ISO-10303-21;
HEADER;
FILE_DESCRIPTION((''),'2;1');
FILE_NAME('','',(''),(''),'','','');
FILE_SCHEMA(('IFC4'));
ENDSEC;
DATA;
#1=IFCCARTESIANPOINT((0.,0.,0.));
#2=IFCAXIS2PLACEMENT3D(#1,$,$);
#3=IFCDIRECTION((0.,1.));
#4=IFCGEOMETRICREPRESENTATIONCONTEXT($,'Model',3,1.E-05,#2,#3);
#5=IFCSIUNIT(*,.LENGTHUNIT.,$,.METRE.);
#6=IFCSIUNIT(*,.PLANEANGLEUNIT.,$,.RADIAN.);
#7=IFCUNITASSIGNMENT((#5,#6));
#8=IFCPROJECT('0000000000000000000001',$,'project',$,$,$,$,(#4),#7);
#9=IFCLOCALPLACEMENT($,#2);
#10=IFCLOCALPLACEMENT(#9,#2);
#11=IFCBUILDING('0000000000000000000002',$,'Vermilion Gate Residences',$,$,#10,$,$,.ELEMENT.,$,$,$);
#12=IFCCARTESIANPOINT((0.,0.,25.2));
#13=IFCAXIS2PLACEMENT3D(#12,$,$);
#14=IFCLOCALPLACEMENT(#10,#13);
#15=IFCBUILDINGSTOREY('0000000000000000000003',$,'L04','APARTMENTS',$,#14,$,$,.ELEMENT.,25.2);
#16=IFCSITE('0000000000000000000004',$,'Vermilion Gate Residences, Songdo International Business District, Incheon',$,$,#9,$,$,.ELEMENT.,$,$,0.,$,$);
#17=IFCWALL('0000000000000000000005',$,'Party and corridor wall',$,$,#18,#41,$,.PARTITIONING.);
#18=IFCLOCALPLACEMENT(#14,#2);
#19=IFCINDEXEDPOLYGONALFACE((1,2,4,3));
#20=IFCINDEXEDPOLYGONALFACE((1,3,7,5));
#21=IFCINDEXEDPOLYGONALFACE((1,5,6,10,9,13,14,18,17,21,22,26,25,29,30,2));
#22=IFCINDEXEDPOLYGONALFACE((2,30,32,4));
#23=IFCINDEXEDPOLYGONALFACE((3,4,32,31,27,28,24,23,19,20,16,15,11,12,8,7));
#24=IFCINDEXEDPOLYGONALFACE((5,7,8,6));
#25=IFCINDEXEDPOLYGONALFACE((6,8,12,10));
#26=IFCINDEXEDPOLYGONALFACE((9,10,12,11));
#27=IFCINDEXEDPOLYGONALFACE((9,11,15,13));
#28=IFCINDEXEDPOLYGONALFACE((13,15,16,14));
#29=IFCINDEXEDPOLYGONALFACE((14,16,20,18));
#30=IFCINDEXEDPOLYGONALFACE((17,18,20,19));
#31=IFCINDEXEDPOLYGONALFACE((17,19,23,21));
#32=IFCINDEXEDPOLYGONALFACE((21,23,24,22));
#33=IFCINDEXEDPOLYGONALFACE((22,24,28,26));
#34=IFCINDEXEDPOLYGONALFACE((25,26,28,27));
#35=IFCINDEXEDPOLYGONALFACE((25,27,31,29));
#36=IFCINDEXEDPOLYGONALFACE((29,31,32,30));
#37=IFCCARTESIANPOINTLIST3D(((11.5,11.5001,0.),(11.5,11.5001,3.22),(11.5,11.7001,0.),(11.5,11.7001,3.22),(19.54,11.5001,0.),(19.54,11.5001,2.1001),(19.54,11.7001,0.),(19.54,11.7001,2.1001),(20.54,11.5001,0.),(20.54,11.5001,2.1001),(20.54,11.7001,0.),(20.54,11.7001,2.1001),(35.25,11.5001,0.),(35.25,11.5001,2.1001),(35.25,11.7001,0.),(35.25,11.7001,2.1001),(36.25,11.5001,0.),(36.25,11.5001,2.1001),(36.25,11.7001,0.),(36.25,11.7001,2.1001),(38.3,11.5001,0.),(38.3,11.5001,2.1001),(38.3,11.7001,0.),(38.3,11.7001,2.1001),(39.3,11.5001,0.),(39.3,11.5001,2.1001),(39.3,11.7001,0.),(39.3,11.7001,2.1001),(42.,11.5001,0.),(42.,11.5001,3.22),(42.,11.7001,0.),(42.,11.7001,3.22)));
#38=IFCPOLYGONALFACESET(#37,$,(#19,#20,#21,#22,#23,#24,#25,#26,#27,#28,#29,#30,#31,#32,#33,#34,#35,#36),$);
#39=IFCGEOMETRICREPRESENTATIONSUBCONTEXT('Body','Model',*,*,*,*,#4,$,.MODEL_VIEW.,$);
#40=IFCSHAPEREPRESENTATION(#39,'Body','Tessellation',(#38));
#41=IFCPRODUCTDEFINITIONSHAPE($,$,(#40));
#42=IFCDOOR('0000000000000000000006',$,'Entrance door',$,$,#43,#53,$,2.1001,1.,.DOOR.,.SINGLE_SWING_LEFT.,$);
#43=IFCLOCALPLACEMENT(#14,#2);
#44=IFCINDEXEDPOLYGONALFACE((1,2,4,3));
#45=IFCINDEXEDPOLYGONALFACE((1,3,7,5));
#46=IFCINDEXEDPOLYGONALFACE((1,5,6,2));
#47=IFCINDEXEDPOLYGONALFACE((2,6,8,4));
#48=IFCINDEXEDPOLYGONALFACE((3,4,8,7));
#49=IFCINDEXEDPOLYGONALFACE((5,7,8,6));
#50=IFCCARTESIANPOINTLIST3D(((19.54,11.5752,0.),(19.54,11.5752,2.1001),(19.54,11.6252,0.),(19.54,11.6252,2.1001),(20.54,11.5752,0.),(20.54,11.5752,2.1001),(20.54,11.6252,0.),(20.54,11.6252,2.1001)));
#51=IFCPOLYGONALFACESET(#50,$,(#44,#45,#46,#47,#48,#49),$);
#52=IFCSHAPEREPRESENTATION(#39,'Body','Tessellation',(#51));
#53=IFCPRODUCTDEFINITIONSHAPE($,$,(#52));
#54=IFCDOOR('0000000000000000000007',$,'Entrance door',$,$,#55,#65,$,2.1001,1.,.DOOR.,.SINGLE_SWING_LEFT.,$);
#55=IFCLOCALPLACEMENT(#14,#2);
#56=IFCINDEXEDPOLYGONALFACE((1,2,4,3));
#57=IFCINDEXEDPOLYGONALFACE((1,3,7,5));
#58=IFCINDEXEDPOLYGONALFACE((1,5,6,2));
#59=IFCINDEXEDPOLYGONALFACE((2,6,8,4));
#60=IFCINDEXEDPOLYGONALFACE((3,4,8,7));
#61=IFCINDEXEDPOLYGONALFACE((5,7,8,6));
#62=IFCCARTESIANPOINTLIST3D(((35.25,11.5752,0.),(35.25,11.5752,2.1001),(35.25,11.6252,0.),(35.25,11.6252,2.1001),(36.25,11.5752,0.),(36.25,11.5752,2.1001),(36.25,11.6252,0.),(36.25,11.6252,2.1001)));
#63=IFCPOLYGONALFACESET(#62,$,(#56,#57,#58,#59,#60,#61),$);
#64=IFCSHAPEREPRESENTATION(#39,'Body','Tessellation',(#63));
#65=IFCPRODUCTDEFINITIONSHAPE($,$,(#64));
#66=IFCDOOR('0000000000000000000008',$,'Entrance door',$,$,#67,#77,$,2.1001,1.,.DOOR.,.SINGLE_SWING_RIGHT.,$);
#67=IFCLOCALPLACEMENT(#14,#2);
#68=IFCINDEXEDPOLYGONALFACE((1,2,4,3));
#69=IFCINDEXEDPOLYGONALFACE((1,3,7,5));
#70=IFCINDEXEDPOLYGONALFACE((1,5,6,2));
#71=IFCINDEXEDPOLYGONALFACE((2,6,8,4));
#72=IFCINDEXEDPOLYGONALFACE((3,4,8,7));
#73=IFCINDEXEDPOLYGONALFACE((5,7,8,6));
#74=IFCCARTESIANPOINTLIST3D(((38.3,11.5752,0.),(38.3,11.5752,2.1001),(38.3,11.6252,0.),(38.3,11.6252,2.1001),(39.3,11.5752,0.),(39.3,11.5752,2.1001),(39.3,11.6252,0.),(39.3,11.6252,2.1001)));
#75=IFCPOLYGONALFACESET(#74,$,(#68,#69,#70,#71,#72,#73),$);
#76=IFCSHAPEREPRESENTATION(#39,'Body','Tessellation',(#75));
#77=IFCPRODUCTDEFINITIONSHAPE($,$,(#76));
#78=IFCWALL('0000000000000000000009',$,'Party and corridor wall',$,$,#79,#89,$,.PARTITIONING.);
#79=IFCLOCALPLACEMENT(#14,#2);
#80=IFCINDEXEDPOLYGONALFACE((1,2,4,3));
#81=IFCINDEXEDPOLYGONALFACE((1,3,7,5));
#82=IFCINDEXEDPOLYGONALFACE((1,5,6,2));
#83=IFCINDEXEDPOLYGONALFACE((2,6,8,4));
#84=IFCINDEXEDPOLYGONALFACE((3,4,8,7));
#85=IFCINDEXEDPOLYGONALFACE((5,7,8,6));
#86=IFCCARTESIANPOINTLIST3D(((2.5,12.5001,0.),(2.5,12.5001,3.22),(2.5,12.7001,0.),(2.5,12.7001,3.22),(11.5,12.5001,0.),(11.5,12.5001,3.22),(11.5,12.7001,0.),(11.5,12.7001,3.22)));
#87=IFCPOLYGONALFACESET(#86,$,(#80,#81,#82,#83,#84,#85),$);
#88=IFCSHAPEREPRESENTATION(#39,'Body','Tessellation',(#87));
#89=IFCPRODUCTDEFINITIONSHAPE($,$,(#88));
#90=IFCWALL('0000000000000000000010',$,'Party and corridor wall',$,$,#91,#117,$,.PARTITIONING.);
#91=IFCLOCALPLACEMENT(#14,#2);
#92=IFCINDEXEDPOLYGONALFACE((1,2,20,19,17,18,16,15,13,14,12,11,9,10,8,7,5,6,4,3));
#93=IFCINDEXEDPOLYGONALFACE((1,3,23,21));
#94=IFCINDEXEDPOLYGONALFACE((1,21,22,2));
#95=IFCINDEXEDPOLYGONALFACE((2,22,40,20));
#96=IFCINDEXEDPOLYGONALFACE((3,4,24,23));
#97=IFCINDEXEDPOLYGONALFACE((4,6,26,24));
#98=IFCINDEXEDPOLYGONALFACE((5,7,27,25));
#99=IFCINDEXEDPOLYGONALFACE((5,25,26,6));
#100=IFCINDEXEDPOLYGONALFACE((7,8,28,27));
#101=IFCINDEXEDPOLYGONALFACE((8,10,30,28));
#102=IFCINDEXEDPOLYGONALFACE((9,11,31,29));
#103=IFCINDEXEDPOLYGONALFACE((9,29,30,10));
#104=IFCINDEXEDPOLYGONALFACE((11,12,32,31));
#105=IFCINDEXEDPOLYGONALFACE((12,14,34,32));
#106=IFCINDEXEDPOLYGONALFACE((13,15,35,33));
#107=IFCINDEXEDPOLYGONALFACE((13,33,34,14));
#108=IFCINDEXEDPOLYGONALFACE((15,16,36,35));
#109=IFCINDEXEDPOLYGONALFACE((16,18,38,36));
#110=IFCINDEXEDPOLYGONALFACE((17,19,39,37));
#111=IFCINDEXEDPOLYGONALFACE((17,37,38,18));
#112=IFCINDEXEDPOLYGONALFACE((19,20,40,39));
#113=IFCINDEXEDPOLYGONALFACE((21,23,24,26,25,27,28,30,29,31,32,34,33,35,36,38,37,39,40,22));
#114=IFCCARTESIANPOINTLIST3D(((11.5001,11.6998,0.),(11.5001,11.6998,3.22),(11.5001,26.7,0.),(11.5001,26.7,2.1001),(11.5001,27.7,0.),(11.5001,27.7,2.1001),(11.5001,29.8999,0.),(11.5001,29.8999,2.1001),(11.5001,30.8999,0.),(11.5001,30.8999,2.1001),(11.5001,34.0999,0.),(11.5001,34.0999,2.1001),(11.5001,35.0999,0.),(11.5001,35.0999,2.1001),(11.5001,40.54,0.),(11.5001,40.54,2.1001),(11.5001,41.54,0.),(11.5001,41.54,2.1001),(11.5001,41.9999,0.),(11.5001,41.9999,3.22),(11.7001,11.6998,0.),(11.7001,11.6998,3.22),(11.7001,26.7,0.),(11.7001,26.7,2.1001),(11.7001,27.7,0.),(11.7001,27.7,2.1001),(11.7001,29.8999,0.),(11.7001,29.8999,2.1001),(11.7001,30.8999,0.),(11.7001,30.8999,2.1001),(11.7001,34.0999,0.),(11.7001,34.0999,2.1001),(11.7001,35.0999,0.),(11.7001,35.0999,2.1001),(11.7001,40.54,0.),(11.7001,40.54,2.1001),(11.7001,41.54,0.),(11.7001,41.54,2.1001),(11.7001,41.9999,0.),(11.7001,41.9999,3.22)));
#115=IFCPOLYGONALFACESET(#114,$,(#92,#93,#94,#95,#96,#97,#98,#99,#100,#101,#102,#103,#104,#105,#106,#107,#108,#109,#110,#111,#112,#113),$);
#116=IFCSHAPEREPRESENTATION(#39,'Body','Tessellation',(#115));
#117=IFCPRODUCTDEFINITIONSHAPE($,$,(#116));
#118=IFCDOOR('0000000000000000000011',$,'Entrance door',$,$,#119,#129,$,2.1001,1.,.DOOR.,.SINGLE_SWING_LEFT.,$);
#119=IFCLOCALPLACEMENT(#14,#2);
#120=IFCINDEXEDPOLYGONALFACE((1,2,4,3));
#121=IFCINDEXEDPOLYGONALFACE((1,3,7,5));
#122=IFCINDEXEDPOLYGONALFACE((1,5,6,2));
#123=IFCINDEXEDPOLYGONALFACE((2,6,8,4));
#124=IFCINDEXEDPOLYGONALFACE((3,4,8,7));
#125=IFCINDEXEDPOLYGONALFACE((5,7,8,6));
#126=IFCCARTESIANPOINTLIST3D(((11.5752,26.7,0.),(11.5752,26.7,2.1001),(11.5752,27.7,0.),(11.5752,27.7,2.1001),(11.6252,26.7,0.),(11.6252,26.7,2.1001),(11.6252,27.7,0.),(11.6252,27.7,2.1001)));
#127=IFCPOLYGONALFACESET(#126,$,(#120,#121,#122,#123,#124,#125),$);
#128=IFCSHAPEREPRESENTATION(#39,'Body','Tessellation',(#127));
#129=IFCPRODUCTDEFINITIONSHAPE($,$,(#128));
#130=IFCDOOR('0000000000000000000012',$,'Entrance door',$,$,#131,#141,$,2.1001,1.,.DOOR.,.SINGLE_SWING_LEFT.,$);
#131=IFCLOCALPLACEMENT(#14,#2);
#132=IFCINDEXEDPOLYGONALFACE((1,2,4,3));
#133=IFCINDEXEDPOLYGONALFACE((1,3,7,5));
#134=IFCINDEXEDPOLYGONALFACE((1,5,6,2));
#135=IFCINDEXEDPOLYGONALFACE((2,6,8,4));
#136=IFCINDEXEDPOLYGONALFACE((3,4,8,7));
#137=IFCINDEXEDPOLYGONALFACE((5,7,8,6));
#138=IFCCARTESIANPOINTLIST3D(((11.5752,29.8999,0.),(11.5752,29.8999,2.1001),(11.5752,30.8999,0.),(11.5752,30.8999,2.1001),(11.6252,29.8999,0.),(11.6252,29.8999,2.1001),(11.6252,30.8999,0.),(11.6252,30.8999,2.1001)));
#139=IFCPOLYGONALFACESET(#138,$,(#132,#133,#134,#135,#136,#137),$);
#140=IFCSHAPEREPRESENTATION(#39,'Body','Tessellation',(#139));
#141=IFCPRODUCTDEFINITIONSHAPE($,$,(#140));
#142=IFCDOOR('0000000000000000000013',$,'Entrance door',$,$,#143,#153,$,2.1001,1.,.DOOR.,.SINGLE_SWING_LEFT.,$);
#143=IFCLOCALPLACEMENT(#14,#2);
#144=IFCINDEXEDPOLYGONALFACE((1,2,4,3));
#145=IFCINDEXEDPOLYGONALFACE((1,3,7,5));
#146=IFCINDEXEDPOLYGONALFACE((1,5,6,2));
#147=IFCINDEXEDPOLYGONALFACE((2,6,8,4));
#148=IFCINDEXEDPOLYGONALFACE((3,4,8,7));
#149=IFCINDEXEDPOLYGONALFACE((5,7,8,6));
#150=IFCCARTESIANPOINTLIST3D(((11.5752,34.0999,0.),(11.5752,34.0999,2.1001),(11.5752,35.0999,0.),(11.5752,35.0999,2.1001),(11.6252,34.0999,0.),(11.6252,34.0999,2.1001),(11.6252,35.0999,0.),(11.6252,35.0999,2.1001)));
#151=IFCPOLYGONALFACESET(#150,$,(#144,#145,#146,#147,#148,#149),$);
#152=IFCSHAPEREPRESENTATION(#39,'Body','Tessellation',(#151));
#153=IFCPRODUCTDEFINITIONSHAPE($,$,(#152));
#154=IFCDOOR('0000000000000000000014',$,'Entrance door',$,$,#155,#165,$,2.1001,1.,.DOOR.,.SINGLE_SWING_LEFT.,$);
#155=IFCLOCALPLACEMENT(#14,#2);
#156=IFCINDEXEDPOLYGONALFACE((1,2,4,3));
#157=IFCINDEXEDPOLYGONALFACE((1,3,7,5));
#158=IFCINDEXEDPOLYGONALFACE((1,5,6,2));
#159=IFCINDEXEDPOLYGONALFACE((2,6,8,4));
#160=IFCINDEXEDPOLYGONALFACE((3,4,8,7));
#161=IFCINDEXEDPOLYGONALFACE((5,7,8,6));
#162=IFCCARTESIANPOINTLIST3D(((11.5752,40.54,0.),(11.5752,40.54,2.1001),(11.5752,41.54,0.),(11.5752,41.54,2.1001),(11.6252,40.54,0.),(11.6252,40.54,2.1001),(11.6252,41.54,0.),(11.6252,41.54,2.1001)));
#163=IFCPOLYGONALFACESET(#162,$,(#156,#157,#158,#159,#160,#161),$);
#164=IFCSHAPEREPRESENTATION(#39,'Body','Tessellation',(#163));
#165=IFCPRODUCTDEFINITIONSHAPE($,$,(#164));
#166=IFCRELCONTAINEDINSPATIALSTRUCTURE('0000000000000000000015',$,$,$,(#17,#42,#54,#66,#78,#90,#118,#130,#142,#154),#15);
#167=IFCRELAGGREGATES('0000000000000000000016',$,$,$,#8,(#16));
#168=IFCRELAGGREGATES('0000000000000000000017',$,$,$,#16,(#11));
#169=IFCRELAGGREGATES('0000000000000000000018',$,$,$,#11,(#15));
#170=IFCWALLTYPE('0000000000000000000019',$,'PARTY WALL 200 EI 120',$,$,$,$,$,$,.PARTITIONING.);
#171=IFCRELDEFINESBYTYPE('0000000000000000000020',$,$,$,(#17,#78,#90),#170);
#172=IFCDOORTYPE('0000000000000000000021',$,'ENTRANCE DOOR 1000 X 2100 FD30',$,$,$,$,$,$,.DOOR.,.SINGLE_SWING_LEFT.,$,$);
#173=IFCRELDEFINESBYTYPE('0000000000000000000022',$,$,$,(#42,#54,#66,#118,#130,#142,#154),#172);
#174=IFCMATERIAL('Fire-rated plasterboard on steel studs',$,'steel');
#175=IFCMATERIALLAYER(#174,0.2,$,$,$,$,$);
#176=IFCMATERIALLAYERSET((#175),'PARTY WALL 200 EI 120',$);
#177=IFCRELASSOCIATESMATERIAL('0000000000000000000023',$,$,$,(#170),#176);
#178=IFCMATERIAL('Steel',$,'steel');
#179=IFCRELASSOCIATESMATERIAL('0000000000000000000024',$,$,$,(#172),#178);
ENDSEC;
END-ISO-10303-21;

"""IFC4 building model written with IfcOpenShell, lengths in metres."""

from ifc_helpers import new_model, si_unit, direction, frame, frame_2d, origin, place, context, subcontext, project, spatial, rectangle, extrude, material, layer, layer_set, type_object, element, fill, save


model = new_model("IFC4")

# Units and contexts
model_context = context("Model", 3, precision=1e-05, world=origin(), true_north=direction((0.0, 1.0)))
body_context = subcontext(model_context, "Body", "Model", "MODEL_VIEW")
ifc_project = project(units=[si_unit("LENGTHUNIT", "METRE"), si_unit("PLANEANGLEUNIT", "RADIAN")], contexts=[model_context])

# Site, building, storey
site_placement = place(None, origin())
site = spatial("IfcSite", under=ifc_project, at=site_placement, Name="Vermilion Gate Residences, Songdo International Business District, Incheon", CompositionType="ELEMENT", RefElevation=0.0)
building_placement = place(site_placement, origin())
building = spatial("IfcBuilding", under=site, at=building_placement, Name="Vermilion Gate Residences", CompositionType="ELEMENT")
storey_placement = place(building_placement, frame((0.0, 0.0, 25.2)))
storey = spatial("IfcBuildingStorey", under=building, at=storey_placement, Name="L04", Description="APARTMENTS", CompositionType="ELEMENT", Elevation=25.2)

# Wall, openings, doors
ifc_material_1 = material(Name="Fire-rated plasterboard on steel studs", Category="steel")
ifc_layer_1 = layer(ifc_material_1, 0.2)
ifc_layer_set_1 = layer_set([ifc_layer_1], Name="PARTY WALL 200 EI 120")
wall_type_1 = type_object("IfcWallType", Name="PARTY WALL 200 EI 120", PredefinedType="PARTITIONING", material=ifc_layer_set_1)
wall_1_placement = place(storey_placement, frame((11.5, 11.6001, 0.0), z_axis=(0.0, 0.0, 1.0), x_axis=(1.0, 0.0, 0.0)))
wall_1 = element("IfcWall", 1, at=wall_1_placement, inside=storey, type_object=wall_type_1, Name="Party and corridor wall", PredefinedType="PARTITIONING", context=body_context, shape_type="SweptSolid", body=[
    extrude(rectangle(XDim=30.5, YDim=0.2, at=frame_2d((15.25, 0.0))), origin(), (0.0, 0.0, 1.0), 3.22),
])
opening_1_placement = place(wall_1_placement, frame((8.04, 0.0, 0.0)))
opening_1 = element("IfcOpeningElement", 2, at=opening_1_placement, cuts=wall_1, PredefinedType="OPENING", context=body_context, shape_type="SweptSolid", body=[
    extrude(rectangle(XDim=1.0, YDim=2.1001, at=frame_2d((0.5, 1.05))), frame((0.0, 0.1099, 0.0), z_axis=(0.0, -1.0, 0.0), x_axis=(1.0, 0.0, 0.0)), (0.0, 0.0, 1.0), 0.22),
])
opening_2_placement = place(wall_1_placement, frame((23.75, 0.0, 0.0)))
opening_2 = element("IfcOpeningElement", 3, at=opening_2_placement, cuts=wall_1, PredefinedType="OPENING", context=body_context, shape_type="SweptSolid", body=[
    extrude(rectangle(XDim=1.0, YDim=2.1001, at=frame_2d((0.5, 1.05))), frame((0.0, 0.1099, 0.0), z_axis=(0.0, -1.0, 0.0), x_axis=(1.0, 0.0, 0.0)), (0.0, 0.0, 1.0), 0.22),
])
opening_3_placement = place(wall_1_placement, frame((26.8, 0.0, 0.0)))
opening_3 = element("IfcOpeningElement", 4, at=opening_3_placement, cuts=wall_1, PredefinedType="OPENING", context=body_context, shape_type="SweptSolid", body=[
    extrude(rectangle(XDim=1.0, YDim=2.1001, at=frame_2d((0.5, 1.05))), frame((0.0, 0.1099, 0.0), z_axis=(0.0, -1.0, 0.0), x_axis=(1.0, 0.0, 0.0)), (0.0, 0.0, 1.0), 0.22),
])
ifc_material_2 = material(Name="Steel", Category="steel")
door_type_1 = type_object("IfcDoorType", Name="ENTRANCE DOOR 1000 X 2100 FD30", OperationType="SINGLE_SWING_LEFT", PredefinedType="DOOR", material=ifc_material_2)
door_1_placement = place(opening_1_placement, frame((1.0, 0.0, 0.0), z_axis=(0.0, 0.0, 1.0), x_axis=(-1.0, 0.0, 0.0)))
door_1 = element("IfcDoor", 5, at=door_1_placement, inside=storey, type_object=door_type_1, Name="Entrance door", OperationType="SINGLE_SWING_LEFT", OverallHeight=2.1001, OverallWidth=1.0, PredefinedType="DOOR", context=body_context, shape_type="SweptSolid", body=[
    extrude(rectangle(XDim=1.0, YDim=2.1001, at=frame_2d((0.5, 1.05))), frame((0.0, 0.0249, 0.0), z_axis=(0.0, -1.0, 0.0), x_axis=(1.0, 0.0, 0.0)), (0.0, 0.0, 1.0), 0.05),
])
fill(opening_1, door_1)
door_2_placement = place(opening_2_placement, frame((1.0, 0.0, 0.0), z_axis=(0.0, 0.0, 1.0), x_axis=(-1.0, 0.0, 0.0)))
door_2 = element("IfcDoor", 6, at=door_2_placement, inside=storey, type_object=door_type_1, Name="Entrance door", OperationType="SINGLE_SWING_LEFT", OverallHeight=2.1001, OverallWidth=1.0, PredefinedType="DOOR", context=body_context, shape_type="SweptSolid", body=[
    extrude(rectangle(XDim=1.0, YDim=2.1001, at=frame_2d((0.5, 1.05))), frame((0.0, 0.0249, 0.0), z_axis=(0.0, -1.0, 0.0), x_axis=(1.0, 0.0, 0.0)), (0.0, 0.0, 1.0), 0.05),
])
fill(opening_2, door_2)
door_3_placement = place(opening_3_placement, frame((1.0, 0.0, 0.0), z_axis=(0.0, 0.0, 1.0), x_axis=(-1.0, 0.0, 0.0)))
door_3 = element("IfcDoor", 7, at=door_3_placement, inside=storey, type_object=door_type_1, Name="Entrance door", OperationType="SINGLE_SWING_RIGHT", OverallHeight=2.1001, OverallWidth=1.0, PredefinedType="DOOR", context=body_context, shape_type="SweptSolid", body=[
    extrude(rectangle(XDim=1.0, YDim=2.1001, at=frame_2d((0.5, 1.05))), frame((0.0, 0.0249, 0.0), z_axis=(0.0, -1.0, 0.0), x_axis=(1.0, 0.0, 0.0)), (0.0, 0.0, 1.0), 0.05),
])
fill(opening_3, door_3)

# Wall
wall_2_placement = place(storey_placement, frame((2.5, 12.6001, 0.0), z_axis=(0.0, 0.0, 1.0), x_axis=(1.0, 0.0, 0.0)))
element("IfcWall", 8, at=wall_2_placement, inside=storey, type_object=wall_type_1, Name="Party and corridor wall", PredefinedType="PARTITIONING", context=body_context, shape_type="SweptSolid", body=[
    extrude(rectangle(XDim=9.0, YDim=0.2, at=frame_2d((4.5, 0.0))), origin(), (0.0, 0.0, 1.0), 3.22),
])

# Wall, openings, doors
wall_3_placement = place(storey_placement, frame((11.6001, 11.7, 0.0), z_axis=(0.0, 0.0, 1.0), x_axis=(0.0, 1.0, 0.0)))
wall_3 = element("IfcWall", 9, at=wall_3_placement, inside=storey, type_object=wall_type_1, Name="Party and corridor wall", PredefinedType="PARTITIONING", context=body_context, shape_type="SweptSolid", body=[
    extrude(rectangle(XDim=30.3, YDim=0.2, at=frame_2d((15.1499, 0.0))), origin(), (0.0, 0.0, 1.0), 3.22),
])
opening_4_placement = place(wall_3_placement, frame((15.0, 0.0, 0.0)))
opening_4 = element("IfcOpeningElement", 10, at=opening_4_placement, cuts=wall_3, PredefinedType="OPENING", context=body_context, shape_type="SweptSolid", body=[
    extrude(rectangle(XDim=1.0, YDim=2.1001, at=frame_2d((0.5, 1.05))), frame((0.0, 0.1099, 0.0), z_axis=(0.0, -1.0, 0.0), x_axis=(1.0, 0.0, 0.0)), (0.0, 0.0, 1.0), 0.22),
])
opening_5_placement = place(wall_3_placement, frame((18.2, 0.0, 0.0)))
opening_5 = element("IfcOpeningElement", 11, at=opening_5_placement, cuts=wall_3, PredefinedType="OPENING", context=body_context, shape_type="SweptSolid", body=[
    extrude(rectangle(XDim=1.0, YDim=2.1001, at=frame_2d((0.5, 1.05))), frame((0.0, 0.1099, 0.0), z_axis=(0.0, -1.0, 0.0), x_axis=(1.0, 0.0, 0.0)), (0.0, 0.0, 1.0), 0.22),
])
opening_6_placement = place(wall_3_placement, frame((22.3999, 0.0, 0.0)))
opening_6 = element("IfcOpeningElement", 12, at=opening_6_placement, cuts=wall_3, PredefinedType="OPENING", context=body_context, shape_type="SweptSolid", body=[
    extrude(rectangle(XDim=1.0, YDim=2.1001, at=frame_2d((0.5, 1.05))), frame((0.0, 0.1099, 0.0), z_axis=(0.0, -1.0, 0.0), x_axis=(1.0, 0.0, 0.0)), (0.0, 0.0, 1.0), 0.22),
])
opening_7_placement = place(wall_3_placement, frame((28.8401, 0.0, 0.0)))
opening_7 = element("IfcOpeningElement", 13, at=opening_7_placement, cuts=wall_3, PredefinedType="OPENING", context=body_context, shape_type="SweptSolid", body=[
    extrude(rectangle(XDim=1.0, YDim=2.1001, at=frame_2d((0.5, 1.05))), frame((0.0, 0.1099, 0.0), z_axis=(0.0, -1.0, 0.0), x_axis=(1.0, 0.0, 0.0)), (0.0, 0.0, 1.0), 0.22),
])
door_4_placement = place(opening_4_placement, origin())
door_4 = element("IfcDoor", 14, at=door_4_placement, inside=storey, type_object=door_type_1, Name="Entrance door", OperationType="SINGLE_SWING_LEFT", OverallHeight=2.1001, OverallWidth=1.0, PredefinedType="DOOR", context=body_context, shape_type="SweptSolid", body=[
    extrude(rectangle(XDim=1.0, YDim=2.1001, at=frame_2d((0.5, 1.05))), frame((0.0, 0.0249, 0.0), z_axis=(0.0, -1.0, 0.0), x_axis=(1.0, 0.0, 0.0)), (0.0, 0.0, 1.0), 0.05),
])
fill(opening_4, door_4)
door_5_placement = place(opening_5_placement, origin())
door_5 = element("IfcDoor", 15, at=door_5_placement, inside=storey, type_object=door_type_1, Name="Entrance door", OperationType="SINGLE_SWING_LEFT", OverallHeight=2.1001, OverallWidth=1.0, PredefinedType="DOOR", context=body_context, shape_type="SweptSolid", body=[
    extrude(rectangle(XDim=1.0, YDim=2.1001, at=frame_2d((0.5, 1.05))), frame((0.0, 0.0249, 0.0), z_axis=(0.0, -1.0, 0.0), x_axis=(1.0, 0.0, 0.0)), (0.0, 0.0, 1.0), 0.05),
])
fill(opening_5, door_5)
door_6_placement = place(opening_6_placement, origin())
door_6 = element("IfcDoor", 16, at=door_6_placement, inside=storey, type_object=door_type_1, Name="Entrance door", OperationType="SINGLE_SWING_LEFT", OverallHeight=2.1001, OverallWidth=1.0, PredefinedType="DOOR", context=body_context, shape_type="SweptSolid", body=[
    extrude(rectangle(XDim=1.0, YDim=2.1001, at=frame_2d((0.5, 1.05))), frame((0.0, 0.0249, 0.0), z_axis=(0.0, -1.0, 0.0), x_axis=(1.0, 0.0, 0.0)), (0.0, 0.0, 1.0), 0.05),
])
fill(opening_6, door_6)
door_7_placement = place(opening_7_placement, origin())
door_7 = element("IfcDoor", 17, at=door_7_placement, inside=storey, type_object=door_type_1, Name="Entrance door", OperationType="SINGLE_SWING_LEFT", OverallHeight=2.1001, OverallWidth=1.0, PredefinedType="DOOR", context=body_context, shape_type="SweptSolid", body=[
    extrude(rectangle(XDim=1.0, YDim=2.1001, at=frame_2d((0.5, 1.05))), frame((0.0, 0.0249, 0.0), z_axis=(0.0, -1.0, 0.0), x_axis=(1.0, 0.0, 0.0)), (0.0, 0.0, 1.0), 0.05),
])
fill(opening_7, door_7)

save(model, "model.ifc")
